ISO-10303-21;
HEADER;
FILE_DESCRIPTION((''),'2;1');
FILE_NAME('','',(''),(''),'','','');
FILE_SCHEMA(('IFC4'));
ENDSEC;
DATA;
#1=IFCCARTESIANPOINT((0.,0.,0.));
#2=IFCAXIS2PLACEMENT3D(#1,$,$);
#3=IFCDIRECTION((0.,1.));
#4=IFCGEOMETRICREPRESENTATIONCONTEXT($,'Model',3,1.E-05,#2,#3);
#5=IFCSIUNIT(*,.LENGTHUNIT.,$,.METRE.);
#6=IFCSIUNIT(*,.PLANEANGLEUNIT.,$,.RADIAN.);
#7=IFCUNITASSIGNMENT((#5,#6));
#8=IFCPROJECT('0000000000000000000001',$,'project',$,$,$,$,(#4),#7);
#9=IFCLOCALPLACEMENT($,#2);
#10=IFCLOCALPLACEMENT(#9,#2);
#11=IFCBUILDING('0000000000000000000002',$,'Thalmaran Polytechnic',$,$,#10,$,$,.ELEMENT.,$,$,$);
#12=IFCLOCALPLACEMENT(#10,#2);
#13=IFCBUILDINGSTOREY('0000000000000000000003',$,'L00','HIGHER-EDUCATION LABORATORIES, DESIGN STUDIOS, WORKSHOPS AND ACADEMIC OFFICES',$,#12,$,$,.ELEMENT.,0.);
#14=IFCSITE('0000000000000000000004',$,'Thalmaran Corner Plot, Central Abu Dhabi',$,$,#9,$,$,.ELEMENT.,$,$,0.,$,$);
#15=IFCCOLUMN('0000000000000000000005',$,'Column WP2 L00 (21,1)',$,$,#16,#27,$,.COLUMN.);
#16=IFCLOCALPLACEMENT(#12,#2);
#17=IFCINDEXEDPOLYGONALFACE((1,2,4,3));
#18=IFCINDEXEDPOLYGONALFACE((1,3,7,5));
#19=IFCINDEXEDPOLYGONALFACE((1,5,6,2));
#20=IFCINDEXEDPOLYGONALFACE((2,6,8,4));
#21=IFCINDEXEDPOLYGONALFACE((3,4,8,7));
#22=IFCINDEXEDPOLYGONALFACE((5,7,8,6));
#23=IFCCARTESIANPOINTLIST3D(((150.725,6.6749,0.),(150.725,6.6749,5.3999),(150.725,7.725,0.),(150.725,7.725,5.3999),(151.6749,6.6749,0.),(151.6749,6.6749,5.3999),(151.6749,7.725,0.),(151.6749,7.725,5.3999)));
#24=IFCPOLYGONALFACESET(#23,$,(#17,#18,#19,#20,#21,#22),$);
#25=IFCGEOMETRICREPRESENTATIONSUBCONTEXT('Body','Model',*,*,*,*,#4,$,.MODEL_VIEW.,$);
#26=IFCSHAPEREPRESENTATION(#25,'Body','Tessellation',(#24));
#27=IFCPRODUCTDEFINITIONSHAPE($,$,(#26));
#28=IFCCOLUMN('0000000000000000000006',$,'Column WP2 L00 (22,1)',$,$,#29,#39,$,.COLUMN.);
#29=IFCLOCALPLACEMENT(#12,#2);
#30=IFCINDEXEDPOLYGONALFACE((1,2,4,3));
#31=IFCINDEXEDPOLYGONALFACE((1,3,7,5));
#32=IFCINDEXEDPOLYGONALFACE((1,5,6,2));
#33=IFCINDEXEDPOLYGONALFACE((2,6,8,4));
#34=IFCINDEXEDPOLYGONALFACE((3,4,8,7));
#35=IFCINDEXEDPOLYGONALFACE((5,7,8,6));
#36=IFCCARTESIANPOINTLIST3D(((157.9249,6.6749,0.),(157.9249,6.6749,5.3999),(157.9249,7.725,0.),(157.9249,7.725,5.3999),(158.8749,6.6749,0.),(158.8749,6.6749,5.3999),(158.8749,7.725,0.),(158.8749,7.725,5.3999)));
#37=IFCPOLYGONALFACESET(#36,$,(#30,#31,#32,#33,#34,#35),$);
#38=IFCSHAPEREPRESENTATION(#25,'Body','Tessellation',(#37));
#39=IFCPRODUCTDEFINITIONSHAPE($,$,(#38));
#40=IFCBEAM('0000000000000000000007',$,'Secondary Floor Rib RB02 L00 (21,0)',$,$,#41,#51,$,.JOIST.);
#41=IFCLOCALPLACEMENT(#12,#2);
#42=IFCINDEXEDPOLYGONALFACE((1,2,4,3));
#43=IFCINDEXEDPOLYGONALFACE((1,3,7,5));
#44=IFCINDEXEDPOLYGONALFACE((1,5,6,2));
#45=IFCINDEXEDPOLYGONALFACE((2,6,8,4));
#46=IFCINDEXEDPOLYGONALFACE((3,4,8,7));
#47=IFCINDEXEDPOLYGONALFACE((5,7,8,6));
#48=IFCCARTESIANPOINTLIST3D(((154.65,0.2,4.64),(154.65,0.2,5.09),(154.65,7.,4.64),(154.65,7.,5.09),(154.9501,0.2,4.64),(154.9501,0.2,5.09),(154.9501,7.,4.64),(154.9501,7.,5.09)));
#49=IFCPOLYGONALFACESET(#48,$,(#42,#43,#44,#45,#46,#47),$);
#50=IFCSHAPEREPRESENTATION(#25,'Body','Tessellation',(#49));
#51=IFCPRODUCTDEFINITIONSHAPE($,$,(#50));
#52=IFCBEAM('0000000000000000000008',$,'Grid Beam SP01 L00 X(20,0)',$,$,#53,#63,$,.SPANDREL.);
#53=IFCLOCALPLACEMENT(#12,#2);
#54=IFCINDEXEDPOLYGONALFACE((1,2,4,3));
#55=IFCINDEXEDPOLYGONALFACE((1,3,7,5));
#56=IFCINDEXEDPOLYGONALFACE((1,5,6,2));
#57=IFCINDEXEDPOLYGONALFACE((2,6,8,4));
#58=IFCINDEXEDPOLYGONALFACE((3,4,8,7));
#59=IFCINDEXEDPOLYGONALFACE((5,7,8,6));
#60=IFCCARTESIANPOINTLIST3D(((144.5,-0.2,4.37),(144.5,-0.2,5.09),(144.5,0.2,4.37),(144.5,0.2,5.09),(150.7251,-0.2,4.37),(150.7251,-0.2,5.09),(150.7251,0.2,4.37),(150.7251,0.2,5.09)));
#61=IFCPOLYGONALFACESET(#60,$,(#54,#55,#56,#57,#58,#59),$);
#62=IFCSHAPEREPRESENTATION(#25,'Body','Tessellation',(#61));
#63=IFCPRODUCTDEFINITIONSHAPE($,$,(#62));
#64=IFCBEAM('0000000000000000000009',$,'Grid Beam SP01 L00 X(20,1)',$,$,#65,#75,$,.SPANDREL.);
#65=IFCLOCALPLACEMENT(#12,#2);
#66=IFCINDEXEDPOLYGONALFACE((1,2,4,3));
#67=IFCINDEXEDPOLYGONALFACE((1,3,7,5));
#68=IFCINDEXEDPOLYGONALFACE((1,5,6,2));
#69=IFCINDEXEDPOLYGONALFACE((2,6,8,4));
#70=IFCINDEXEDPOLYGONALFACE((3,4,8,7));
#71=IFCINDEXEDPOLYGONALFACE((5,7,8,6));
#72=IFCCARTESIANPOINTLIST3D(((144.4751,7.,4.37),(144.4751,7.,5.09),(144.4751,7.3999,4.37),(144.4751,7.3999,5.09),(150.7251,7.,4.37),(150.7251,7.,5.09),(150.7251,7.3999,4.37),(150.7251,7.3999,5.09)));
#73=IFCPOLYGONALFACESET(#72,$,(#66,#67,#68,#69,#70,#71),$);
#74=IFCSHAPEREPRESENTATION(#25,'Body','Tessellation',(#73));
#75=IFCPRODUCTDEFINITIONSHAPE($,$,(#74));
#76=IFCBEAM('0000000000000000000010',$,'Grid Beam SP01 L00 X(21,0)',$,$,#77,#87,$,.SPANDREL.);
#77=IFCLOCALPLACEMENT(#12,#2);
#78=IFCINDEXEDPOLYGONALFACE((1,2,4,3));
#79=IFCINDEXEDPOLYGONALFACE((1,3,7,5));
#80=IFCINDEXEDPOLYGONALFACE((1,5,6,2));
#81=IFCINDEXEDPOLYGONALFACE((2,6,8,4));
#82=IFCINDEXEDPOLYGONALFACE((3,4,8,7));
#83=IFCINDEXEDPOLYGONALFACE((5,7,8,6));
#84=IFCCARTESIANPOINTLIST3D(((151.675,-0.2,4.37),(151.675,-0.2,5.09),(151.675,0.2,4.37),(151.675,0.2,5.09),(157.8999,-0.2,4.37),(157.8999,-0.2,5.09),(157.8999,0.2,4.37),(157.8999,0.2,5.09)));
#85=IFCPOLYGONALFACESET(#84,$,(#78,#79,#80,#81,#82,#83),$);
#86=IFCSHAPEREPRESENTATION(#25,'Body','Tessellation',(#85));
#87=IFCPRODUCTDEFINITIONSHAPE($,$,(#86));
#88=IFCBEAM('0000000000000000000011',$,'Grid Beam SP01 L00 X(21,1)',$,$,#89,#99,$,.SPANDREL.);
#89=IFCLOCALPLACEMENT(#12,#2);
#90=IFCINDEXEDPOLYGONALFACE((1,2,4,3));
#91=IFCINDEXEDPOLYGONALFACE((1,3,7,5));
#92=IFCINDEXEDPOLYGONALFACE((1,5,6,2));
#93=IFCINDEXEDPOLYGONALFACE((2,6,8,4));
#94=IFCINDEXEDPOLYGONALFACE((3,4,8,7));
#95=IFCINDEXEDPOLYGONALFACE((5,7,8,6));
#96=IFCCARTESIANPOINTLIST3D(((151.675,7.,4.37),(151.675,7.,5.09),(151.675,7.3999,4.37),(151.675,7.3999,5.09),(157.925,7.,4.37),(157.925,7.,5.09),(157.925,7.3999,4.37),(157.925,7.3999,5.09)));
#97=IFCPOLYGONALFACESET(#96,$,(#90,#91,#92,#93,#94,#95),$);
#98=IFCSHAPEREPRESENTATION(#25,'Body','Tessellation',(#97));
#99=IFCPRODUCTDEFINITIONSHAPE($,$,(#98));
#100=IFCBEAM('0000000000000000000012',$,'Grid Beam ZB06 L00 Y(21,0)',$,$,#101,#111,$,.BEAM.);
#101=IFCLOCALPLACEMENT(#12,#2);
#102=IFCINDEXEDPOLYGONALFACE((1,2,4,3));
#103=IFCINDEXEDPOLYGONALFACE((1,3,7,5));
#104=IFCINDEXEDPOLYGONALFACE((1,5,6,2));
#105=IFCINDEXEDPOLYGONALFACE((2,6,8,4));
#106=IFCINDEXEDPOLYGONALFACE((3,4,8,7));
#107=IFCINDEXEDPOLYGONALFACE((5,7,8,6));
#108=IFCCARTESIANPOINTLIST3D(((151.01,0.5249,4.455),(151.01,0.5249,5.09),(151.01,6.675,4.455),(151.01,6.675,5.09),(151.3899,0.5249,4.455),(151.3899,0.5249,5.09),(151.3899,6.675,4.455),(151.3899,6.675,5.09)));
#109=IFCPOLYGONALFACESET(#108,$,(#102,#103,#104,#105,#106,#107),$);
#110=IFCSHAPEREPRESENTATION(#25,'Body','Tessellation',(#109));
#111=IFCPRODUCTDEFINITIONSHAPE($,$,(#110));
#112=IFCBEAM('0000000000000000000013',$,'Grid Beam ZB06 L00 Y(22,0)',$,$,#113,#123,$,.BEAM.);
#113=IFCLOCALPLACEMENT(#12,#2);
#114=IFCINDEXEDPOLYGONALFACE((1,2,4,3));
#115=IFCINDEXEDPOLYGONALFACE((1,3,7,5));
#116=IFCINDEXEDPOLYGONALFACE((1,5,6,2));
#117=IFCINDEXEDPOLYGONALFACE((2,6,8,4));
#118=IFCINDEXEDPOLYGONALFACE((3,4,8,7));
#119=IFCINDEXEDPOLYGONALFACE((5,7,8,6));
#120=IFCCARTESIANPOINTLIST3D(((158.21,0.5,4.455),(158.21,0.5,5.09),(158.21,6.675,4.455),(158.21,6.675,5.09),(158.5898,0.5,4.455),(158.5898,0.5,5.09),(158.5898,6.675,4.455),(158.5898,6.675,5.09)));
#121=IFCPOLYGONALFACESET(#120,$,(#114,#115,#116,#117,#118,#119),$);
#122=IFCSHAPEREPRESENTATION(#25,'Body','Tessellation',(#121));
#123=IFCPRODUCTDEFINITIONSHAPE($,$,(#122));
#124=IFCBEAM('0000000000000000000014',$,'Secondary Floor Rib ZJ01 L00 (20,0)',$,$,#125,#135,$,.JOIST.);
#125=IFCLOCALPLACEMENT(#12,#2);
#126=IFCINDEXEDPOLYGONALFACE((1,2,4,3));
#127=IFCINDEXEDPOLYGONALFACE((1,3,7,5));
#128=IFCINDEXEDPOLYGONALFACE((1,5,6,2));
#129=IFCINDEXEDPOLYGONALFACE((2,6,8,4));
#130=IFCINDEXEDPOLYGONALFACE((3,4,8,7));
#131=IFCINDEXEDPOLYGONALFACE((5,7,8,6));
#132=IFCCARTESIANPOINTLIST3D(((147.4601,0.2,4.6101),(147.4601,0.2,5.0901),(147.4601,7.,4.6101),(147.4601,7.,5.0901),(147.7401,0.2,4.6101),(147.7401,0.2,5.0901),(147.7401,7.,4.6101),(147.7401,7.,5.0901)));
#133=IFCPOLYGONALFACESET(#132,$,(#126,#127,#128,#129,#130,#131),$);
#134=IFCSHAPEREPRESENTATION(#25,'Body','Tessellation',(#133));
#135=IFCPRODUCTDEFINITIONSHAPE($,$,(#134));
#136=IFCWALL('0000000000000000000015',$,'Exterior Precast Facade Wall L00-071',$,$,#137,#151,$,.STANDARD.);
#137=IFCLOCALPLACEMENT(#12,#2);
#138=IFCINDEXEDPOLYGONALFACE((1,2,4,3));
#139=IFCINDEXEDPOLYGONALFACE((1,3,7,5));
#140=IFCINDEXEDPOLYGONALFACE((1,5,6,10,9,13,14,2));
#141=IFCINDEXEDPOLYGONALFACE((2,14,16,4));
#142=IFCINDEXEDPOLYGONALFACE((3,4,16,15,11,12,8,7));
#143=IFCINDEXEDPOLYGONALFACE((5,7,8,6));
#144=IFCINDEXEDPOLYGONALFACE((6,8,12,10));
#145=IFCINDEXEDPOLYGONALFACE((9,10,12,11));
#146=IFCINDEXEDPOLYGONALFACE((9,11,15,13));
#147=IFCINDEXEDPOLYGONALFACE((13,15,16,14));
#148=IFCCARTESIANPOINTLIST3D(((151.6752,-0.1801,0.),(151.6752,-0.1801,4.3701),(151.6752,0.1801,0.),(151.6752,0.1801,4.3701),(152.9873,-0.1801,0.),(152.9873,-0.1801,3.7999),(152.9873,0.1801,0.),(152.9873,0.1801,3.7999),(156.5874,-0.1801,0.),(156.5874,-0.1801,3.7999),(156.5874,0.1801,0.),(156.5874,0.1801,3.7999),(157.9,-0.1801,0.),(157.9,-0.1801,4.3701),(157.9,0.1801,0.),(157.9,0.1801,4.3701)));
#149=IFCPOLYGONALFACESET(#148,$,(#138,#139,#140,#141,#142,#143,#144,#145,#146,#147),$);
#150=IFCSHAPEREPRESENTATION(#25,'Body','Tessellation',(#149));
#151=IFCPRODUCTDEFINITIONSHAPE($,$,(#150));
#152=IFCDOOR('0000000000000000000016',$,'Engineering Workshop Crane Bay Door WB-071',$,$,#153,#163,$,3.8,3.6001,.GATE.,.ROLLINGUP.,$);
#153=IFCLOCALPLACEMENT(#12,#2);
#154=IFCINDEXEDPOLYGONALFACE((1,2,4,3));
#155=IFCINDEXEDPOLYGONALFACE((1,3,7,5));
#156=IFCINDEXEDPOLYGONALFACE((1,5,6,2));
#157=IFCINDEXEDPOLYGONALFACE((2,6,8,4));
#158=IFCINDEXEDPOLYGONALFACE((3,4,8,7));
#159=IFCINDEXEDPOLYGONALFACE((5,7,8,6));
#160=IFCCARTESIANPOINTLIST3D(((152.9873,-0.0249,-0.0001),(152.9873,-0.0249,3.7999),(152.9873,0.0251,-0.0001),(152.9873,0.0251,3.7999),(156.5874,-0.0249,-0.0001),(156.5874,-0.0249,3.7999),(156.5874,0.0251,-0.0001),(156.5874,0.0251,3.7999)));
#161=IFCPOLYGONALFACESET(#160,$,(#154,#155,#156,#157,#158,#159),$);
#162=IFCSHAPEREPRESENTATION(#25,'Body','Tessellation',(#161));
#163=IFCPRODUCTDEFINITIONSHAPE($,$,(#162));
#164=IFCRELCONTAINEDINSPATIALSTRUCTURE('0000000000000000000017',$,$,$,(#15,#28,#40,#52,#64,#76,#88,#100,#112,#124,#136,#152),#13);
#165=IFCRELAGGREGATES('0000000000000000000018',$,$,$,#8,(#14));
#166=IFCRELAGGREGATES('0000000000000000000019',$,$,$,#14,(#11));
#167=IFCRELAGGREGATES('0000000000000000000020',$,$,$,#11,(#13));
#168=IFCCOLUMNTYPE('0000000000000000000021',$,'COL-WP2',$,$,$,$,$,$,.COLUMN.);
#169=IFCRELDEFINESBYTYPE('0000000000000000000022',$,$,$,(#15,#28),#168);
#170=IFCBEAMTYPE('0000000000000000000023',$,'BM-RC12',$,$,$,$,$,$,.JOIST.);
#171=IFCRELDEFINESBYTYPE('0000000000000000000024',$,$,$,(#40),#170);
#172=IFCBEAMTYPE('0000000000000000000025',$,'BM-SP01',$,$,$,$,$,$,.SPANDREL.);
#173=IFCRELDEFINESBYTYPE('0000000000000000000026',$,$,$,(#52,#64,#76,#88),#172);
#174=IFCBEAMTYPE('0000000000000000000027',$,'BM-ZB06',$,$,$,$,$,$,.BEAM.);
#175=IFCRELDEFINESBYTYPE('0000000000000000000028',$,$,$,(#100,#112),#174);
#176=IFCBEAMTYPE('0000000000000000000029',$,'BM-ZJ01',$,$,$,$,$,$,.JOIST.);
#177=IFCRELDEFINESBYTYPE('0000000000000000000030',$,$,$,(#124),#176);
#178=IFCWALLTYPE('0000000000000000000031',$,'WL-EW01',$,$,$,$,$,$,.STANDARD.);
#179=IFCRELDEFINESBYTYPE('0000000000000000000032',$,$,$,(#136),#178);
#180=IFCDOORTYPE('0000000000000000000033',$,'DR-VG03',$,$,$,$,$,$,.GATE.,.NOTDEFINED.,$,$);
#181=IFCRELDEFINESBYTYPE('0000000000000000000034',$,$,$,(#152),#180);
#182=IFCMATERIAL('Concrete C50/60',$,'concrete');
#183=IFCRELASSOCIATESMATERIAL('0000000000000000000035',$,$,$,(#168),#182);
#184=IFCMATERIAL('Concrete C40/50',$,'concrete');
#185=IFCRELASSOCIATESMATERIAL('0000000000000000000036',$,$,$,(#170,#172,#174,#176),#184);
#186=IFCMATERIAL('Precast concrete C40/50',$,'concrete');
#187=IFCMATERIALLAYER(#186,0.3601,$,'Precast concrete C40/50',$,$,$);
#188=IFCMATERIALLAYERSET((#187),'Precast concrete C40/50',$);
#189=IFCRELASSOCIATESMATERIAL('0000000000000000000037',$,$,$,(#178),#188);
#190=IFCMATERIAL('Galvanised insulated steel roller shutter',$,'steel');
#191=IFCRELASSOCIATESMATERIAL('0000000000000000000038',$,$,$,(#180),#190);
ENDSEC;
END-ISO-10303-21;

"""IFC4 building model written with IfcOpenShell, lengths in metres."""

from ifc_helpers import new_model, si_unit, direction, frame, frame_2d, origin, origin_2d, place, context, subcontext, project, spatial, rectangle, extrude, material, layer, layer_set, material_profile, profile_set, type_object, element, fill, save


model = new_model("IFC4")

# Units and contexts
model_context = context("Model", 3, precision=1e-05, world=origin(), true_north=direction((0.0, 1.0)))
body_context = subcontext(model_context, "Body", "Model", "MODEL_VIEW")
ifc_project = project(units=[si_unit("LENGTHUNIT", "METRE"), si_unit("PLANEANGLEUNIT", "RADIAN")], contexts=[model_context])

# Site, building, storey
site_placement = place(None, origin())
site = spatial("IfcSite", under=ifc_project, at=site_placement, Name="Thalmaran Corner Plot, Central Abu Dhabi", CompositionType="ELEMENT", RefElevation=0.0)
building_placement = place(site_placement, origin())
building = spatial("IfcBuilding", under=site, at=building_placement, Name="Thalmaran Polytechnic", CompositionType="ELEMENT")
storey_placement = place(building_placement, origin())
storey = spatial("IfcBuildingStorey", under=building, at=storey_placement, Name="L00", Description="HIGHER-EDUCATION LABORATORIES, DESIGN STUDIOS, WORKSHOPS AND ACADEMIC OFFICES", CompositionType="ELEMENT", Elevation=0.0)

# Columns
ifc_material_1 = material(Name="Concrete C40/50", Category="concrete")
ifc_material_2 = material(Name="Concrete C50/60", Category="concrete")
ifc_material_profile_1 = material_profile(ifc_material_2, rectangle(XDim=0.95, YDim=1.05, at=origin_2d()), Name="RC 950x1050")
ifc_profile_set_1 = profile_set([ifc_material_profile_1], Name="Concrete C50/60")
column_type_1 = type_object("IfcColumnType", Name="COL-WP2", PredefinedType="COLUMN", material=ifc_profile_set_1)
for number, where, z_axis, x_axis, name in (
    (1, (151.2, 7.2, 0.0), (0.0, 0.0, 1.0), (1.0, 0.0, 0.0), "Column WP2 L00 (21,1)"),
    (2, (158.3999, 7.2, 0.0), (0.0, 0.0, 1.0), (1.0, 0.0, 0.0), "Column WP2 L00 (22,1)"),
):
    element("IfcColumn", number, at=place(storey_placement, frame(where, z_axis=z_axis, x_axis=x_axis)), inside=storey, type_object=column_type_1, Name=name, PredefinedType="COLUMN", context=body_context, shape_type="SweptSolid", body=[
        extrude(rectangle(XDim=0.95, YDim=1.05, at=origin_2d()), origin(), (0.0, 0.0, 1.0), 5.3999),
    ])

# Beams
ifc_material_profile_2 = material_profile(ifc_material_1, rectangle(XDim=0.3, YDim=0.45, at=origin_2d()), Name="RC 300x450")
ifc_profile_set_2 = profile_set([ifc_material_profile_2], Name="Concrete C40/50")
beam_type_1 = type_object("IfcBeamType", Name="BM-RC12", PredefinedType="JOIST", material=ifc_profile_set_2)
beam_1_placement = place(storey_placement, frame((154.8, 0.2, 4.865), z_axis=(0.0, 1.0, 0.0), x_axis=(-1.0, 0.0, 0.0)))
element("IfcBeam", 3, at=beam_1_placement, inside=storey, type_object=beam_type_1, Name="Secondary Floor Rib RB02 L00 (21,0)", PredefinedType="JOIST", context=body_context, shape_type="SweptSolid", body=[
    extrude(rectangle(XDim=0.3, YDim=0.45, at=origin_2d()), origin(), (0.0, 0.0, 1.0), 6.8),
])
ifc_material_profile_3 = material_profile(ifc_material_1, rectangle(XDim=0.3999, YDim=0.72, at=origin_2d()), Name="RC 400x720")
ifc_profile_set_3 = profile_set([ifc_material_profile_3], Name="Concrete C40/50")
beam_type_2 = type_object("IfcBeamType", Name="BM-SP01", PredefinedType="SPANDREL", material=ifc_profile_set_3)
beam_2_placement = place(storey_placement, frame((144.5, 0.0, 4.73), z_axis=(1.0, 0.0, 0.0), x_axis=(0.0, 1.0, 0.0)))
element("IfcBeam", 4, at=beam_2_placement, inside=storey, type_object=beam_type_2, Name="Grid Beam SP01 L00 X(20,0)", PredefinedType="SPANDREL", context=body_context, shape_type="SweptSolid", body=[
    extrude(rectangle(XDim=0.3999, YDim=0.72, at=origin_2d()), origin(), (0.0, 0.0, 1.0), 6.2251),
])
beam_3_placement = place(storey_placement, frame((144.4751, 7.2, 4.73), z_axis=(1.0, 0.0, 0.0), x_axis=(0.0, 1.0, 0.0)))
element("IfcBeam", 5, at=beam_3_placement, inside=storey, type_object=beam_type_2, Name="Grid Beam SP01 L00 X(20,1)", PredefinedType="SPANDREL", context=body_context, shape_type="SweptSolid", body=[
    extrude(rectangle(XDim=0.3999, YDim=0.72, at=origin_2d()), origin(), (0.0, 0.0, 1.0), 6.25),
])
beam_4_placement = place(storey_placement, frame((151.675, 0.0, 4.73), z_axis=(1.0, 0.0, 0.0), x_axis=(0.0, 1.0, 0.0)))
element("IfcBeam", 6, at=beam_4_placement, inside=storey, type_object=beam_type_2, Name="Grid Beam SP01 L00 X(21,0)", PredefinedType="SPANDREL", context=body_context, shape_type="SweptSolid", body=[
    extrude(rectangle(XDim=0.3999, YDim=0.72, at=origin_2d()), origin(), (0.0, 0.0, 1.0), 6.2249),
])
beam_5_placement = place(storey_placement, frame((151.675, 7.2, 4.73), z_axis=(1.0, 0.0, 0.0), x_axis=(0.0, 1.0, 0.0)))
element("IfcBeam", 7, at=beam_5_placement, inside=storey, type_object=beam_type_2, Name="Grid Beam SP01 L00 X(21,1)", PredefinedType="SPANDREL", context=body_context, shape_type="SweptSolid", body=[
    extrude(rectangle(XDim=0.3999, YDim=0.72, at=origin_2d()), origin(), (0.0, 0.0, 1.0), 6.25),
])
ifc_material_profile_4 = material_profile(ifc_material_1, rectangle(XDim=0.3799, YDim=0.635, at=origin_2d()), Name="RC 380x635")
ifc_profile_set_4 = profile_set([ifc_material_profile_4], Name="Concrete C40/50")
beam_type_3 = type_object("IfcBeamType", Name="BM-ZB06", PredefinedType="BEAM", material=ifc_profile_set_4)
beam_6_placement = place(storey_placement, frame((151.2, 0.5249, 4.7725), z_axis=(0.0, 1.0, 0.0), x_axis=(-1.0, 0.0, 0.0)))
element("IfcBeam", 8, at=beam_6_placement, inside=storey, type_object=beam_type_3, Name="Grid Beam ZB06 L00 Y(21,0)", PredefinedType="BEAM", context=body_context, shape_type="SweptSolid", body=[
    extrude(rectangle(XDim=0.3799, YDim=0.635, at=origin_2d()), origin(), (0.0, 0.0, 1.0), 6.1501),
])
beam_7_placement = place(storey_placement, frame((158.3999, 0.5, 4.7725), z_axis=(0.0, 1.0, 0.0), x_axis=(-1.0, 0.0, 0.0)))
element("IfcBeam", 9, at=beam_7_placement, inside=storey, type_object=beam_type_3, Name="Grid Beam ZB06 L00 Y(22,0)", PredefinedType="BEAM", context=body_context, shape_type="SweptSolid", body=[
    extrude(rectangle(XDim=0.3799, YDim=0.635, at=origin_2d()), origin(), (0.0, 0.0, 1.0), 6.175),
])
ifc_material_profile_5 = material_profile(ifc_material_1, rectangle(XDim=0.28, YDim=0.48, at=origin_2d()), Name="RC 280x480")
ifc_profile_set_5 = profile_set([ifc_material_profile_5], Name="Concrete C40/50")
beam_type_4 = type_object("IfcBeamType", Name="BM-ZJ01", PredefinedType="JOIST", material=ifc_profile_set_5)
beam_8_placement = place(storey_placement, frame((147.6001, 0.2, 4.8501), z_axis=(0.0, 1.0, 0.0), x_axis=(-1.0, 0.0, 0.0)))
element("IfcBeam", 10, at=beam_8_placement, inside=storey, type_object=beam_type_4, Name="Secondary Floor Rib ZJ01 L00 (20,0)", PredefinedType="JOIST", context=body_context, shape_type="SweptSolid", body=[
    extrude(rectangle(XDim=0.28, YDim=0.48, at=origin_2d()), origin(), (0.0, 0.0, 1.0), 6.8),
])

# Wall, opening, door
ifc_material_3 = material(Name="Precast concrete C40/50", Category="concrete")
ifc_layer_1 = layer(ifc_material_3, 0.3601, Name="Precast concrete C40/50")
ifc_layer_set_1 = layer_set([ifc_layer_1], Name="Precast concrete C40/50")
wall_type_1 = type_object("IfcWallType", Name="WL-EW01", PredefinedType="STANDARD", material=ifc_layer_set_1)
wall_1_placement = place(storey_placement, frame((157.8999, 0.0, 0.0), z_axis=(0.0, 0.0, 1.0), x_axis=(-1.0, 0.0, 0.0)))
wall_1 = element("IfcWall", 11, at=wall_1_placement, inside=storey, type_object=wall_type_1, Name="Exterior Precast Facade Wall L00-071", PredefinedType="STANDARD", context=body_context, shape_type="SweptSolid", body=[
    extrude(rectangle(XDim=6.2249, YDim=0.3601, at=frame_2d((3.1123, 0.0))), origin(), (0.0, 0.0, 1.0), 4.3701),
])
opening_1_placement = place(wall_1_placement, frame((1.3125, 0.0, 0.0)))
opening_1 = element("IfcOpeningElement", 12, at=opening_1_placement, cuts=wall_1, PredefinedType="OPENING", context=body_context, shape_type="SweptSolid", body=[
    extrude(rectangle(XDim=3.6001, YDim=3.8, at=frame_2d((1.8, 1.8999))), frame((0.0, 0.1899, 0.0), z_axis=(0.0, -1.0, 0.0), x_axis=(1.0, 0.0, 0.0)), (0.0, 0.0, 1.0), 0.3801),
])
ifc_material_4 = material(Name="Galvanised insulated steel roller shutter", Category="steel")
door_type_1 = type_object("IfcDoorType", Name="DR-VG03", OperationType="NOTDEFINED", PredefinedType="GATE", material=ifc_material_4)
door_1_placement = place(opening_1_placement, origin())
door_1 = element("IfcDoor", 13, at=door_1_placement, inside=storey, type_object=door_type_1, Name="Engineering Workshop Crane Bay Door WB-071", OperationType="ROLLINGUP", OverallHeight=3.8, OverallWidth=3.6001, PredefinedType="GATE", context=body_context, shape_type="SweptSolid", body=[
    extrude(rectangle(XDim=3.6001, YDim=3.8, at=frame_2d((1.8, 1.8999))), frame((0.0, 0.0249, 0.0), z_axis=(0.0, -1.0, 0.0), x_axis=(1.0, 0.0, 0.0)), (0.0, 0.0, 1.0), 0.05),
])
fill(opening_1, door_1)

save(model, "model.ifc")
